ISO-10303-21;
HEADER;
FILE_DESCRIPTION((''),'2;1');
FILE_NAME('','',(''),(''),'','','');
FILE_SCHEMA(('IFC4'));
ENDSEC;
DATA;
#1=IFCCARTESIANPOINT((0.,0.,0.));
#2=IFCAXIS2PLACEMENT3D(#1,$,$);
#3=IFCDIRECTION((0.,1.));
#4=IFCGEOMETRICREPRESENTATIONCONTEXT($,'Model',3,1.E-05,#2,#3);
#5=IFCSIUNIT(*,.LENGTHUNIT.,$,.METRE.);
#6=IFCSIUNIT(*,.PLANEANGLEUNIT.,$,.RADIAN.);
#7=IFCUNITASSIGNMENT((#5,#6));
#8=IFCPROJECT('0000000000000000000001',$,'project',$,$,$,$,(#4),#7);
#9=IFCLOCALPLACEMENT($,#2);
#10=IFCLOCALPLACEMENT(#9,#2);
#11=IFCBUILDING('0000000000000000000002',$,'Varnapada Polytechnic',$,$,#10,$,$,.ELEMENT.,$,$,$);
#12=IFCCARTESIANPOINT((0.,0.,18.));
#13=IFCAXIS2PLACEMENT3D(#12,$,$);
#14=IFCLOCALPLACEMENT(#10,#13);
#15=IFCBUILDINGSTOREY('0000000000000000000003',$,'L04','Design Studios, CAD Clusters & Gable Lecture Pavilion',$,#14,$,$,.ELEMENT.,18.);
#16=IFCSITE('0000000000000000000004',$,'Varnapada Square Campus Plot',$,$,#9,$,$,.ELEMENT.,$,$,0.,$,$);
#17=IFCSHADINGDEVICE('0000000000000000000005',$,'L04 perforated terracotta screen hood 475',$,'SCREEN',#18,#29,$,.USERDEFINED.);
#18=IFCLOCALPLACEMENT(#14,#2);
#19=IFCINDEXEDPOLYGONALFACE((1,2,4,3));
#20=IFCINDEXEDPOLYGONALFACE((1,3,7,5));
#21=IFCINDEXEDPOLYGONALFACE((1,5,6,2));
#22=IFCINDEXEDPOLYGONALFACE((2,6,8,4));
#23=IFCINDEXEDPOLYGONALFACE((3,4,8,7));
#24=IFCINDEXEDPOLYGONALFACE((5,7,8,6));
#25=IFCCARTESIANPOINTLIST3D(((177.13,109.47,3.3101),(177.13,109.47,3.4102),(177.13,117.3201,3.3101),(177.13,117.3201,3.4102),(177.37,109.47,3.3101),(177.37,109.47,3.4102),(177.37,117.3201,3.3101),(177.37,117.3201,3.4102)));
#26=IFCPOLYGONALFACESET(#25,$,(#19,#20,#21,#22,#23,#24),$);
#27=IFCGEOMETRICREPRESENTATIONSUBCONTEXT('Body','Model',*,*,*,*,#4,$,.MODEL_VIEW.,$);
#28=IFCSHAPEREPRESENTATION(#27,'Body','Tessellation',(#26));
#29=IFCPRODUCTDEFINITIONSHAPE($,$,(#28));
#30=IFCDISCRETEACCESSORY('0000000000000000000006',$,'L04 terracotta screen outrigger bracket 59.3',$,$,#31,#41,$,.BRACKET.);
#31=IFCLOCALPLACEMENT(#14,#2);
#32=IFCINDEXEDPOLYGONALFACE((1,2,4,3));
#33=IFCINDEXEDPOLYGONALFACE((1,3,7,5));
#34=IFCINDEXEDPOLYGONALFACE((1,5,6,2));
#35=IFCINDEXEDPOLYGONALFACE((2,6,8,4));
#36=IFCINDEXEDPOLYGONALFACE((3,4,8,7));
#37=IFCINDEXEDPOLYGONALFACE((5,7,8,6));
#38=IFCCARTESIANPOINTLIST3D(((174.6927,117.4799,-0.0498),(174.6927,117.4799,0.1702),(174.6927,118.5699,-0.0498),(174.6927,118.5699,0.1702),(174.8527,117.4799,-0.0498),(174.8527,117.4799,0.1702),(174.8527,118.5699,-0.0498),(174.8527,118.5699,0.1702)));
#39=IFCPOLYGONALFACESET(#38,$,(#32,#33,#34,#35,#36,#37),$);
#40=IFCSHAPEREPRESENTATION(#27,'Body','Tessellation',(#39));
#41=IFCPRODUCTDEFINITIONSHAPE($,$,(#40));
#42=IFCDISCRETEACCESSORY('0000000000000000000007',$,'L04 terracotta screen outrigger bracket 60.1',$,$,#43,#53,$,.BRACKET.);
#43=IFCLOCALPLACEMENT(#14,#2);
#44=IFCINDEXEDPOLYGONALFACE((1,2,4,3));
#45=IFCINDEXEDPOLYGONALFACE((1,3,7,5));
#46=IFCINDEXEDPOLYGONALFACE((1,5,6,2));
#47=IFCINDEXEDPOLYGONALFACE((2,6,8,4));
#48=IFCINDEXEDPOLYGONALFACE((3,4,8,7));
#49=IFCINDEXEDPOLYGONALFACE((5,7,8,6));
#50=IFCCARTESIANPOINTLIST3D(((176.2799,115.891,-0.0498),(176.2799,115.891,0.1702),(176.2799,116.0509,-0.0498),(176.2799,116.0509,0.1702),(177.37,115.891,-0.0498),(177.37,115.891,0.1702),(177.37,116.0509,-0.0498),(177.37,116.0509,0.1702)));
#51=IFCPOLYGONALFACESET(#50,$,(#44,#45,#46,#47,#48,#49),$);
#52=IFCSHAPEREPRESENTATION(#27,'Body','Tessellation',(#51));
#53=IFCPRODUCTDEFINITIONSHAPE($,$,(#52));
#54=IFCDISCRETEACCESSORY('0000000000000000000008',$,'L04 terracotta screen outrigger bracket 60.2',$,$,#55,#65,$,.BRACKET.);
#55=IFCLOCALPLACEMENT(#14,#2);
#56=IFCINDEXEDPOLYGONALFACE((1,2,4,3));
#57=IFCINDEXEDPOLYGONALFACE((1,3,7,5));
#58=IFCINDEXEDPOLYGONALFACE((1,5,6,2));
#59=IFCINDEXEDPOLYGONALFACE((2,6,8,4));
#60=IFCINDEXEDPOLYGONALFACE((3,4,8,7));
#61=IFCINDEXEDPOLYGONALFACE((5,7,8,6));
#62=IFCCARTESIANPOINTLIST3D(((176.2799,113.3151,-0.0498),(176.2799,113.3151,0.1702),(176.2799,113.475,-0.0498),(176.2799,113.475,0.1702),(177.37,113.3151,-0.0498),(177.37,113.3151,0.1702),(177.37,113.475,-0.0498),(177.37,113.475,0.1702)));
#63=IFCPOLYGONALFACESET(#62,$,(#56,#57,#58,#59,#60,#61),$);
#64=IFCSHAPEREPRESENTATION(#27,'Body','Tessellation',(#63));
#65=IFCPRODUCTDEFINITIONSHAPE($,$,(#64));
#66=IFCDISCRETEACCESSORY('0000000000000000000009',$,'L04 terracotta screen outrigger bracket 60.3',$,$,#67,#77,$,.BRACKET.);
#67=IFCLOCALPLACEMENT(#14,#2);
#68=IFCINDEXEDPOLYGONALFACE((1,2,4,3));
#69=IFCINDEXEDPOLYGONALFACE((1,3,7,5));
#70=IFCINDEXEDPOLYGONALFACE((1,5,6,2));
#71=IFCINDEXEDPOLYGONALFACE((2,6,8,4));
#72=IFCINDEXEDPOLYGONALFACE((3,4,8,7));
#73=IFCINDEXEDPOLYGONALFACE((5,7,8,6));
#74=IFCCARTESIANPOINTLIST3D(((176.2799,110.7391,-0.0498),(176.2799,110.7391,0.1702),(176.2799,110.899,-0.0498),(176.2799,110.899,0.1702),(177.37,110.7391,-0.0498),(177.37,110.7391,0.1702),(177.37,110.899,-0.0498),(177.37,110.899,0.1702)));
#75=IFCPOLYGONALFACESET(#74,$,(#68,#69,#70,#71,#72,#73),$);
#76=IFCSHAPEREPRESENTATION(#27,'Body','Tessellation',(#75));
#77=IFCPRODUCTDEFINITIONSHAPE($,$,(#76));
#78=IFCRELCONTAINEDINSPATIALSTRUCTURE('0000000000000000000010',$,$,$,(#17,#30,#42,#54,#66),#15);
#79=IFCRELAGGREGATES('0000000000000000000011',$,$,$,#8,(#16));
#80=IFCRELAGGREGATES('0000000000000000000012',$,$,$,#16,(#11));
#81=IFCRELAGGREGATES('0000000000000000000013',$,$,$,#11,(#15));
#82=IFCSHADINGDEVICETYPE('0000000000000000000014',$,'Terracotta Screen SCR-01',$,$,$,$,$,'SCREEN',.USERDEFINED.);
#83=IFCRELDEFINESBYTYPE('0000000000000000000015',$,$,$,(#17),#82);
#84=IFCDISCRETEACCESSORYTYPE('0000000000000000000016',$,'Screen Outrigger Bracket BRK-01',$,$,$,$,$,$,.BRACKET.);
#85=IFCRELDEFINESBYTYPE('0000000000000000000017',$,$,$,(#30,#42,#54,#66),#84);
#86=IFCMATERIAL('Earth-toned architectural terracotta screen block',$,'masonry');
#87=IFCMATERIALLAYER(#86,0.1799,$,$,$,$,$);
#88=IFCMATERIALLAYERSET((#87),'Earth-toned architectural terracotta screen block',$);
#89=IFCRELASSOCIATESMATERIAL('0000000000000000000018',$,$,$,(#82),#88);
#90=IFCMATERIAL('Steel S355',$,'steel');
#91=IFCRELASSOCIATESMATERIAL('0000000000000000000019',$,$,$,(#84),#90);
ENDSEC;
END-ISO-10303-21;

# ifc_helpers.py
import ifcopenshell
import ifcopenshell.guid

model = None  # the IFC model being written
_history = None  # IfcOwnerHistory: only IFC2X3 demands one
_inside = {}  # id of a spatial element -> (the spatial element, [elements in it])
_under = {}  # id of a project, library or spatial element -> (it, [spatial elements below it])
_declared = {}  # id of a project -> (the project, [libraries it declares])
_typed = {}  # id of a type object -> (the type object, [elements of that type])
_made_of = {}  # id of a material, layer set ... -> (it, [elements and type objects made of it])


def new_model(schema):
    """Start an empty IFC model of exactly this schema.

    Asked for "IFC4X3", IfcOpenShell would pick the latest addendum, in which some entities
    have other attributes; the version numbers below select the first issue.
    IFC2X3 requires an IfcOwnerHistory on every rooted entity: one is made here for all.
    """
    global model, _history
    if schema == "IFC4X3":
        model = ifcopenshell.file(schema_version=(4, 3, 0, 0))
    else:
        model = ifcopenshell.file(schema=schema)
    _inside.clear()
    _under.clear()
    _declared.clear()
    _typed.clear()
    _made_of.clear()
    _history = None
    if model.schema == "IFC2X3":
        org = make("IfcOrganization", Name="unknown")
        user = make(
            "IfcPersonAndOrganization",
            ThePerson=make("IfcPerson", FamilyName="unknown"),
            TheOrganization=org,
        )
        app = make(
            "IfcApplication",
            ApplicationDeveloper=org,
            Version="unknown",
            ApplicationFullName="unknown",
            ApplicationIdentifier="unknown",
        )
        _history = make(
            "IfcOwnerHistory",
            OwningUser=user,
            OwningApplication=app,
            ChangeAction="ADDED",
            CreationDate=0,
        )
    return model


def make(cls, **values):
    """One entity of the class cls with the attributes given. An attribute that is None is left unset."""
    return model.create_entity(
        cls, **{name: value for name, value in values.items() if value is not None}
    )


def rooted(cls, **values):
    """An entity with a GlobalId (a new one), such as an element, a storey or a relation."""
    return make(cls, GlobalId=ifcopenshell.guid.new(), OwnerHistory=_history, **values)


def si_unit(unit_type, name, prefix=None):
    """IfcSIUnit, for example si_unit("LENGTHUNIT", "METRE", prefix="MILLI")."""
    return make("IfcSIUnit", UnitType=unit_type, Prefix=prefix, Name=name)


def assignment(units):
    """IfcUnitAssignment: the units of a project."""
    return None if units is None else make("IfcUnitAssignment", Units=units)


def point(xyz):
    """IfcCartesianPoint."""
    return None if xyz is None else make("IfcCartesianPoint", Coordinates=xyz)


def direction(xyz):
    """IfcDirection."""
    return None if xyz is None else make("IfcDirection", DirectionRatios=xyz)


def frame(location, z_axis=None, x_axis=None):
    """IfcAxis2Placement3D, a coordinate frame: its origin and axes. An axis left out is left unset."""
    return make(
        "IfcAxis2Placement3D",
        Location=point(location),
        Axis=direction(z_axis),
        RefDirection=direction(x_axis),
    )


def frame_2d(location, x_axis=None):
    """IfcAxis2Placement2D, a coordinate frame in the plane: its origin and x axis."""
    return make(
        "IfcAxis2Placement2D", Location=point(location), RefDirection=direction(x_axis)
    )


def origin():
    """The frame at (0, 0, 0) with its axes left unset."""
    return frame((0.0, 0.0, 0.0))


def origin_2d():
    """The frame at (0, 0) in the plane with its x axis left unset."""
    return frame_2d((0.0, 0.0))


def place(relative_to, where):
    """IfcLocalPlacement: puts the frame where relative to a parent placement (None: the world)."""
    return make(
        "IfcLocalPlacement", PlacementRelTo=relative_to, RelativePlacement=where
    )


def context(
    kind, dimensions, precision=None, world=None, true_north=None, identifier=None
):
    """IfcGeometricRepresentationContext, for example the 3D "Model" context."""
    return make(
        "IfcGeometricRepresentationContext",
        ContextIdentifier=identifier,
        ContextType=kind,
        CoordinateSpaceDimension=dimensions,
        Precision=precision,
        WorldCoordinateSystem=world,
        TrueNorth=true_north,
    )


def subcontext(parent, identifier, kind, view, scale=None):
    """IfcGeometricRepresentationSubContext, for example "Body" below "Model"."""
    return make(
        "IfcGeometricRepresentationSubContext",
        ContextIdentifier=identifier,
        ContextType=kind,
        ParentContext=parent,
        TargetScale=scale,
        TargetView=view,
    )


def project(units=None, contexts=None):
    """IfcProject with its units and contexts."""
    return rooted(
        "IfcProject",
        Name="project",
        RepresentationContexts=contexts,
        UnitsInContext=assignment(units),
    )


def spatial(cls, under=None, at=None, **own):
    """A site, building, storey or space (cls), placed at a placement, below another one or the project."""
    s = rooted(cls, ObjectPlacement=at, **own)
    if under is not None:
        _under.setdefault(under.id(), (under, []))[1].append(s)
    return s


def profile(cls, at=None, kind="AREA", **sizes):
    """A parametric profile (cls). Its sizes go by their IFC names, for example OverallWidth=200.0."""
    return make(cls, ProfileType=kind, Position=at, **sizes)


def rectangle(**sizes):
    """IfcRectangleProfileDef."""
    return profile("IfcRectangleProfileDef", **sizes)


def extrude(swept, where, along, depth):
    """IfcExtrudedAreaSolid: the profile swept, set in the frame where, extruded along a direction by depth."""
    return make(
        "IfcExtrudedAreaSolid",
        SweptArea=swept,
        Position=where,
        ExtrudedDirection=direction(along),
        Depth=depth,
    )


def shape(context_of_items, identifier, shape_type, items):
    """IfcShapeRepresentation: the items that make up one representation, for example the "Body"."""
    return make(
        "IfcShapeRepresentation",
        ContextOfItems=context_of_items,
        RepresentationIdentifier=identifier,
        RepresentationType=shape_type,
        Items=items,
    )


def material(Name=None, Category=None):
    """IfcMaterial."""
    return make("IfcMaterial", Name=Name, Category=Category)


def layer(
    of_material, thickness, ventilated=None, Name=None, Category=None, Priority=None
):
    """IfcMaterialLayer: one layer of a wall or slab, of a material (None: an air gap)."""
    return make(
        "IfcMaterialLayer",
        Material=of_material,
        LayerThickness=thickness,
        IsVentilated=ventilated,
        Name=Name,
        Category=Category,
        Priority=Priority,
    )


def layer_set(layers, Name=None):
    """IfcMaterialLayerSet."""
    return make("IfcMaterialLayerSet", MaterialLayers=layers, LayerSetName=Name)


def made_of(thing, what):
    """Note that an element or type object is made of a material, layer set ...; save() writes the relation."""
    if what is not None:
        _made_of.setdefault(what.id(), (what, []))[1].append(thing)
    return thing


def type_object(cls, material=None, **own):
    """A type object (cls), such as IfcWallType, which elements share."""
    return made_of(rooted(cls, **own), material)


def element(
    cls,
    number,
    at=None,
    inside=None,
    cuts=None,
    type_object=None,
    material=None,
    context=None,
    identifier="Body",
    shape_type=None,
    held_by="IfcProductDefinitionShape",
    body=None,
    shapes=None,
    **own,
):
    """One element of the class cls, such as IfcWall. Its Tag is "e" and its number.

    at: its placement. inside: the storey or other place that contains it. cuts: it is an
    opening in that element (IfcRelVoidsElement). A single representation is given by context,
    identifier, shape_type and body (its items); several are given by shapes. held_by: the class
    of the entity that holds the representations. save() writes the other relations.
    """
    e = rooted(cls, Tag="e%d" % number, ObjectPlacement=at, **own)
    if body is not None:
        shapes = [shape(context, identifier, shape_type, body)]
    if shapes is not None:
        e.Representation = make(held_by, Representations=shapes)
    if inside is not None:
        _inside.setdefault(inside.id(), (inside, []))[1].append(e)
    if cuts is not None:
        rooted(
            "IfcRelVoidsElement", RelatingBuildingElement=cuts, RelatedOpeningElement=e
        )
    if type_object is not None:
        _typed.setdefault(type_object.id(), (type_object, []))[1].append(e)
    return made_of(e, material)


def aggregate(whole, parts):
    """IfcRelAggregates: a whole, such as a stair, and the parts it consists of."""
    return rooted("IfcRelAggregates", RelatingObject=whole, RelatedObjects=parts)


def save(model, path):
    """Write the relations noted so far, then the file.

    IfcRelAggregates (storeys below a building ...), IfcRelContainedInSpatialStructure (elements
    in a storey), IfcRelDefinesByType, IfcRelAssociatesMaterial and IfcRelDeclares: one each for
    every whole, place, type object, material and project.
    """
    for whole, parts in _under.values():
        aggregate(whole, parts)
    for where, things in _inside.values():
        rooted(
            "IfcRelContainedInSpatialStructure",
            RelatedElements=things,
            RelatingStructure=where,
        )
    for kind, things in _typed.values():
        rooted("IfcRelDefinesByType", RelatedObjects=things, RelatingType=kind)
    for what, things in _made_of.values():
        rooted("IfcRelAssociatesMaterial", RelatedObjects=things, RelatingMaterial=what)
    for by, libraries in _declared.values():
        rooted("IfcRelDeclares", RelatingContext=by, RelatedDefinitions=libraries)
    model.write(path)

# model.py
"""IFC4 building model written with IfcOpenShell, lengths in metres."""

from ifc_helpers import new_model, si_unit, direction, frame, origin, origin_2d, place, context, subcontext, project, spatial, rectangle, extrude, material, layer, layer_set, type_object, element, save


model = new_model("IFC4")

# Units and contexts
model_context = context("Model", 3, precision=1e-05, world=origin(), true_north=direction((0.0, 1.0)))
body_context = subcontext(model_context, "Body", "Model", "MODEL_VIEW")
ifc_project = project(units=[si_unit("LENGTHUNIT", "METRE"), si_unit("PLANEANGLEUNIT", "RADIAN")], contexts=[model_context])

# Site, building, storey
site_placement = place(None, origin())
site = spatial("IfcSite", under=ifc_project, at=site_placement, Name="Varnapada Square Campus Plot", CompositionType="ELEMENT", RefElevation=0.0)
building_placement = place(site_placement, origin())
building = spatial("IfcBuilding", under=site, at=building_placement, Name="Varnapada Polytechnic", CompositionType="ELEMENT")
storey_placement = place(building_placement, frame((0.0, 0.0, 18.0)))
storey = spatial("IfcBuildingStorey", under=building, at=storey_placement, Name="L04", Description="Design Studios, CAD Clusters & Gable Lecture Pavilion", CompositionType="ELEMENT", Elevation=18.0)

# Shared definitions
ifc_material_1 = material(Name="Earth-toned architectural terracotta screen block", Category="masonry")

# Shading device
ifc_layer_1 = layer(ifc_material_1, 0.1799)
ifc_layer_set_1 = layer_set([ifc_layer_1], Name="Earth-toned architectural terracotta screen block")
shading_device_type = type_object("IfcShadingDeviceType", Name="Terracotta Screen SCR-01", ElementType="SCREEN", PredefinedType="USERDEFINED", material=ifc_layer_set_1)
shading_device_1_placement = place(storey_placement, frame((177.25, 113.395, 3.3101), z_axis=(0.0, 0.0, 1.0), x_axis=(0.0, -1.0, 0.0)))
element("IfcShadingDevice", 1, at=shading_device_1_placement, inside=storey, type_object=shading_device_type, Name="L04 perforated terracotta screen hood 475", ObjectType="SCREEN", PredefinedType="USERDEFINED", context=body_context, shape_type="SweptSolid", body=[
    extrude(rectangle(XDim=7.8501, YDim=0.24, at=origin_2d()), origin(), (0.0, 0.0, 1.0), 0.1001),
])

# Discrete accessories
ifc_material_2 = material(Name="Steel S355", Category="steel")
discrete_accessory_type = type_object("IfcDiscreteAccessoryType", Name="Screen Outrigger Bracket BRK-01", PredefinedType="BRACKET", material=ifc_material_2)
for number, where, z_axis, x_axis, name in (
    (2, (174.7727, 118.0249, -0.0498), (0.0, 0.0, 1.0), (1.0, 0.0, 0.0), "L04 terracotta screen outrigger bracket 59.3"),
    (3, (176.825, 115.9709, -0.0498), (0.0, 0.0, 1.0), (0.0, -1.0, 0.0), "L04 terracotta screen outrigger bracket 60.1"),
    (4, (176.825, 113.395, -0.0498), (0.0, 0.0, 1.0), (0.0, -1.0, 0.0), "L04 terracotta screen outrigger bracket 60.2"),
    (5, (176.825, 110.8191, -0.0498), (0.0, 0.0, 1.0), (0.0, -1.0, 0.0), "L04 terracotta screen outrigger bracket 60.3"),
):
    element("IfcDiscreteAccessory", number, at=place(storey_placement, frame(where, z_axis=z_axis, x_axis=x_axis)), inside=storey, type_object=discrete_accessory_type, Name=name, PredefinedType="BRACKET", context=body_context, shape_type="SweptSolid", body=[
        extrude(rectangle(XDim=0.1599, YDim=1.0901, at=origin_2d()), origin(), (0.0, 0.0, 1.0), 0.22),
    ])

save(model, "model.ifc")
